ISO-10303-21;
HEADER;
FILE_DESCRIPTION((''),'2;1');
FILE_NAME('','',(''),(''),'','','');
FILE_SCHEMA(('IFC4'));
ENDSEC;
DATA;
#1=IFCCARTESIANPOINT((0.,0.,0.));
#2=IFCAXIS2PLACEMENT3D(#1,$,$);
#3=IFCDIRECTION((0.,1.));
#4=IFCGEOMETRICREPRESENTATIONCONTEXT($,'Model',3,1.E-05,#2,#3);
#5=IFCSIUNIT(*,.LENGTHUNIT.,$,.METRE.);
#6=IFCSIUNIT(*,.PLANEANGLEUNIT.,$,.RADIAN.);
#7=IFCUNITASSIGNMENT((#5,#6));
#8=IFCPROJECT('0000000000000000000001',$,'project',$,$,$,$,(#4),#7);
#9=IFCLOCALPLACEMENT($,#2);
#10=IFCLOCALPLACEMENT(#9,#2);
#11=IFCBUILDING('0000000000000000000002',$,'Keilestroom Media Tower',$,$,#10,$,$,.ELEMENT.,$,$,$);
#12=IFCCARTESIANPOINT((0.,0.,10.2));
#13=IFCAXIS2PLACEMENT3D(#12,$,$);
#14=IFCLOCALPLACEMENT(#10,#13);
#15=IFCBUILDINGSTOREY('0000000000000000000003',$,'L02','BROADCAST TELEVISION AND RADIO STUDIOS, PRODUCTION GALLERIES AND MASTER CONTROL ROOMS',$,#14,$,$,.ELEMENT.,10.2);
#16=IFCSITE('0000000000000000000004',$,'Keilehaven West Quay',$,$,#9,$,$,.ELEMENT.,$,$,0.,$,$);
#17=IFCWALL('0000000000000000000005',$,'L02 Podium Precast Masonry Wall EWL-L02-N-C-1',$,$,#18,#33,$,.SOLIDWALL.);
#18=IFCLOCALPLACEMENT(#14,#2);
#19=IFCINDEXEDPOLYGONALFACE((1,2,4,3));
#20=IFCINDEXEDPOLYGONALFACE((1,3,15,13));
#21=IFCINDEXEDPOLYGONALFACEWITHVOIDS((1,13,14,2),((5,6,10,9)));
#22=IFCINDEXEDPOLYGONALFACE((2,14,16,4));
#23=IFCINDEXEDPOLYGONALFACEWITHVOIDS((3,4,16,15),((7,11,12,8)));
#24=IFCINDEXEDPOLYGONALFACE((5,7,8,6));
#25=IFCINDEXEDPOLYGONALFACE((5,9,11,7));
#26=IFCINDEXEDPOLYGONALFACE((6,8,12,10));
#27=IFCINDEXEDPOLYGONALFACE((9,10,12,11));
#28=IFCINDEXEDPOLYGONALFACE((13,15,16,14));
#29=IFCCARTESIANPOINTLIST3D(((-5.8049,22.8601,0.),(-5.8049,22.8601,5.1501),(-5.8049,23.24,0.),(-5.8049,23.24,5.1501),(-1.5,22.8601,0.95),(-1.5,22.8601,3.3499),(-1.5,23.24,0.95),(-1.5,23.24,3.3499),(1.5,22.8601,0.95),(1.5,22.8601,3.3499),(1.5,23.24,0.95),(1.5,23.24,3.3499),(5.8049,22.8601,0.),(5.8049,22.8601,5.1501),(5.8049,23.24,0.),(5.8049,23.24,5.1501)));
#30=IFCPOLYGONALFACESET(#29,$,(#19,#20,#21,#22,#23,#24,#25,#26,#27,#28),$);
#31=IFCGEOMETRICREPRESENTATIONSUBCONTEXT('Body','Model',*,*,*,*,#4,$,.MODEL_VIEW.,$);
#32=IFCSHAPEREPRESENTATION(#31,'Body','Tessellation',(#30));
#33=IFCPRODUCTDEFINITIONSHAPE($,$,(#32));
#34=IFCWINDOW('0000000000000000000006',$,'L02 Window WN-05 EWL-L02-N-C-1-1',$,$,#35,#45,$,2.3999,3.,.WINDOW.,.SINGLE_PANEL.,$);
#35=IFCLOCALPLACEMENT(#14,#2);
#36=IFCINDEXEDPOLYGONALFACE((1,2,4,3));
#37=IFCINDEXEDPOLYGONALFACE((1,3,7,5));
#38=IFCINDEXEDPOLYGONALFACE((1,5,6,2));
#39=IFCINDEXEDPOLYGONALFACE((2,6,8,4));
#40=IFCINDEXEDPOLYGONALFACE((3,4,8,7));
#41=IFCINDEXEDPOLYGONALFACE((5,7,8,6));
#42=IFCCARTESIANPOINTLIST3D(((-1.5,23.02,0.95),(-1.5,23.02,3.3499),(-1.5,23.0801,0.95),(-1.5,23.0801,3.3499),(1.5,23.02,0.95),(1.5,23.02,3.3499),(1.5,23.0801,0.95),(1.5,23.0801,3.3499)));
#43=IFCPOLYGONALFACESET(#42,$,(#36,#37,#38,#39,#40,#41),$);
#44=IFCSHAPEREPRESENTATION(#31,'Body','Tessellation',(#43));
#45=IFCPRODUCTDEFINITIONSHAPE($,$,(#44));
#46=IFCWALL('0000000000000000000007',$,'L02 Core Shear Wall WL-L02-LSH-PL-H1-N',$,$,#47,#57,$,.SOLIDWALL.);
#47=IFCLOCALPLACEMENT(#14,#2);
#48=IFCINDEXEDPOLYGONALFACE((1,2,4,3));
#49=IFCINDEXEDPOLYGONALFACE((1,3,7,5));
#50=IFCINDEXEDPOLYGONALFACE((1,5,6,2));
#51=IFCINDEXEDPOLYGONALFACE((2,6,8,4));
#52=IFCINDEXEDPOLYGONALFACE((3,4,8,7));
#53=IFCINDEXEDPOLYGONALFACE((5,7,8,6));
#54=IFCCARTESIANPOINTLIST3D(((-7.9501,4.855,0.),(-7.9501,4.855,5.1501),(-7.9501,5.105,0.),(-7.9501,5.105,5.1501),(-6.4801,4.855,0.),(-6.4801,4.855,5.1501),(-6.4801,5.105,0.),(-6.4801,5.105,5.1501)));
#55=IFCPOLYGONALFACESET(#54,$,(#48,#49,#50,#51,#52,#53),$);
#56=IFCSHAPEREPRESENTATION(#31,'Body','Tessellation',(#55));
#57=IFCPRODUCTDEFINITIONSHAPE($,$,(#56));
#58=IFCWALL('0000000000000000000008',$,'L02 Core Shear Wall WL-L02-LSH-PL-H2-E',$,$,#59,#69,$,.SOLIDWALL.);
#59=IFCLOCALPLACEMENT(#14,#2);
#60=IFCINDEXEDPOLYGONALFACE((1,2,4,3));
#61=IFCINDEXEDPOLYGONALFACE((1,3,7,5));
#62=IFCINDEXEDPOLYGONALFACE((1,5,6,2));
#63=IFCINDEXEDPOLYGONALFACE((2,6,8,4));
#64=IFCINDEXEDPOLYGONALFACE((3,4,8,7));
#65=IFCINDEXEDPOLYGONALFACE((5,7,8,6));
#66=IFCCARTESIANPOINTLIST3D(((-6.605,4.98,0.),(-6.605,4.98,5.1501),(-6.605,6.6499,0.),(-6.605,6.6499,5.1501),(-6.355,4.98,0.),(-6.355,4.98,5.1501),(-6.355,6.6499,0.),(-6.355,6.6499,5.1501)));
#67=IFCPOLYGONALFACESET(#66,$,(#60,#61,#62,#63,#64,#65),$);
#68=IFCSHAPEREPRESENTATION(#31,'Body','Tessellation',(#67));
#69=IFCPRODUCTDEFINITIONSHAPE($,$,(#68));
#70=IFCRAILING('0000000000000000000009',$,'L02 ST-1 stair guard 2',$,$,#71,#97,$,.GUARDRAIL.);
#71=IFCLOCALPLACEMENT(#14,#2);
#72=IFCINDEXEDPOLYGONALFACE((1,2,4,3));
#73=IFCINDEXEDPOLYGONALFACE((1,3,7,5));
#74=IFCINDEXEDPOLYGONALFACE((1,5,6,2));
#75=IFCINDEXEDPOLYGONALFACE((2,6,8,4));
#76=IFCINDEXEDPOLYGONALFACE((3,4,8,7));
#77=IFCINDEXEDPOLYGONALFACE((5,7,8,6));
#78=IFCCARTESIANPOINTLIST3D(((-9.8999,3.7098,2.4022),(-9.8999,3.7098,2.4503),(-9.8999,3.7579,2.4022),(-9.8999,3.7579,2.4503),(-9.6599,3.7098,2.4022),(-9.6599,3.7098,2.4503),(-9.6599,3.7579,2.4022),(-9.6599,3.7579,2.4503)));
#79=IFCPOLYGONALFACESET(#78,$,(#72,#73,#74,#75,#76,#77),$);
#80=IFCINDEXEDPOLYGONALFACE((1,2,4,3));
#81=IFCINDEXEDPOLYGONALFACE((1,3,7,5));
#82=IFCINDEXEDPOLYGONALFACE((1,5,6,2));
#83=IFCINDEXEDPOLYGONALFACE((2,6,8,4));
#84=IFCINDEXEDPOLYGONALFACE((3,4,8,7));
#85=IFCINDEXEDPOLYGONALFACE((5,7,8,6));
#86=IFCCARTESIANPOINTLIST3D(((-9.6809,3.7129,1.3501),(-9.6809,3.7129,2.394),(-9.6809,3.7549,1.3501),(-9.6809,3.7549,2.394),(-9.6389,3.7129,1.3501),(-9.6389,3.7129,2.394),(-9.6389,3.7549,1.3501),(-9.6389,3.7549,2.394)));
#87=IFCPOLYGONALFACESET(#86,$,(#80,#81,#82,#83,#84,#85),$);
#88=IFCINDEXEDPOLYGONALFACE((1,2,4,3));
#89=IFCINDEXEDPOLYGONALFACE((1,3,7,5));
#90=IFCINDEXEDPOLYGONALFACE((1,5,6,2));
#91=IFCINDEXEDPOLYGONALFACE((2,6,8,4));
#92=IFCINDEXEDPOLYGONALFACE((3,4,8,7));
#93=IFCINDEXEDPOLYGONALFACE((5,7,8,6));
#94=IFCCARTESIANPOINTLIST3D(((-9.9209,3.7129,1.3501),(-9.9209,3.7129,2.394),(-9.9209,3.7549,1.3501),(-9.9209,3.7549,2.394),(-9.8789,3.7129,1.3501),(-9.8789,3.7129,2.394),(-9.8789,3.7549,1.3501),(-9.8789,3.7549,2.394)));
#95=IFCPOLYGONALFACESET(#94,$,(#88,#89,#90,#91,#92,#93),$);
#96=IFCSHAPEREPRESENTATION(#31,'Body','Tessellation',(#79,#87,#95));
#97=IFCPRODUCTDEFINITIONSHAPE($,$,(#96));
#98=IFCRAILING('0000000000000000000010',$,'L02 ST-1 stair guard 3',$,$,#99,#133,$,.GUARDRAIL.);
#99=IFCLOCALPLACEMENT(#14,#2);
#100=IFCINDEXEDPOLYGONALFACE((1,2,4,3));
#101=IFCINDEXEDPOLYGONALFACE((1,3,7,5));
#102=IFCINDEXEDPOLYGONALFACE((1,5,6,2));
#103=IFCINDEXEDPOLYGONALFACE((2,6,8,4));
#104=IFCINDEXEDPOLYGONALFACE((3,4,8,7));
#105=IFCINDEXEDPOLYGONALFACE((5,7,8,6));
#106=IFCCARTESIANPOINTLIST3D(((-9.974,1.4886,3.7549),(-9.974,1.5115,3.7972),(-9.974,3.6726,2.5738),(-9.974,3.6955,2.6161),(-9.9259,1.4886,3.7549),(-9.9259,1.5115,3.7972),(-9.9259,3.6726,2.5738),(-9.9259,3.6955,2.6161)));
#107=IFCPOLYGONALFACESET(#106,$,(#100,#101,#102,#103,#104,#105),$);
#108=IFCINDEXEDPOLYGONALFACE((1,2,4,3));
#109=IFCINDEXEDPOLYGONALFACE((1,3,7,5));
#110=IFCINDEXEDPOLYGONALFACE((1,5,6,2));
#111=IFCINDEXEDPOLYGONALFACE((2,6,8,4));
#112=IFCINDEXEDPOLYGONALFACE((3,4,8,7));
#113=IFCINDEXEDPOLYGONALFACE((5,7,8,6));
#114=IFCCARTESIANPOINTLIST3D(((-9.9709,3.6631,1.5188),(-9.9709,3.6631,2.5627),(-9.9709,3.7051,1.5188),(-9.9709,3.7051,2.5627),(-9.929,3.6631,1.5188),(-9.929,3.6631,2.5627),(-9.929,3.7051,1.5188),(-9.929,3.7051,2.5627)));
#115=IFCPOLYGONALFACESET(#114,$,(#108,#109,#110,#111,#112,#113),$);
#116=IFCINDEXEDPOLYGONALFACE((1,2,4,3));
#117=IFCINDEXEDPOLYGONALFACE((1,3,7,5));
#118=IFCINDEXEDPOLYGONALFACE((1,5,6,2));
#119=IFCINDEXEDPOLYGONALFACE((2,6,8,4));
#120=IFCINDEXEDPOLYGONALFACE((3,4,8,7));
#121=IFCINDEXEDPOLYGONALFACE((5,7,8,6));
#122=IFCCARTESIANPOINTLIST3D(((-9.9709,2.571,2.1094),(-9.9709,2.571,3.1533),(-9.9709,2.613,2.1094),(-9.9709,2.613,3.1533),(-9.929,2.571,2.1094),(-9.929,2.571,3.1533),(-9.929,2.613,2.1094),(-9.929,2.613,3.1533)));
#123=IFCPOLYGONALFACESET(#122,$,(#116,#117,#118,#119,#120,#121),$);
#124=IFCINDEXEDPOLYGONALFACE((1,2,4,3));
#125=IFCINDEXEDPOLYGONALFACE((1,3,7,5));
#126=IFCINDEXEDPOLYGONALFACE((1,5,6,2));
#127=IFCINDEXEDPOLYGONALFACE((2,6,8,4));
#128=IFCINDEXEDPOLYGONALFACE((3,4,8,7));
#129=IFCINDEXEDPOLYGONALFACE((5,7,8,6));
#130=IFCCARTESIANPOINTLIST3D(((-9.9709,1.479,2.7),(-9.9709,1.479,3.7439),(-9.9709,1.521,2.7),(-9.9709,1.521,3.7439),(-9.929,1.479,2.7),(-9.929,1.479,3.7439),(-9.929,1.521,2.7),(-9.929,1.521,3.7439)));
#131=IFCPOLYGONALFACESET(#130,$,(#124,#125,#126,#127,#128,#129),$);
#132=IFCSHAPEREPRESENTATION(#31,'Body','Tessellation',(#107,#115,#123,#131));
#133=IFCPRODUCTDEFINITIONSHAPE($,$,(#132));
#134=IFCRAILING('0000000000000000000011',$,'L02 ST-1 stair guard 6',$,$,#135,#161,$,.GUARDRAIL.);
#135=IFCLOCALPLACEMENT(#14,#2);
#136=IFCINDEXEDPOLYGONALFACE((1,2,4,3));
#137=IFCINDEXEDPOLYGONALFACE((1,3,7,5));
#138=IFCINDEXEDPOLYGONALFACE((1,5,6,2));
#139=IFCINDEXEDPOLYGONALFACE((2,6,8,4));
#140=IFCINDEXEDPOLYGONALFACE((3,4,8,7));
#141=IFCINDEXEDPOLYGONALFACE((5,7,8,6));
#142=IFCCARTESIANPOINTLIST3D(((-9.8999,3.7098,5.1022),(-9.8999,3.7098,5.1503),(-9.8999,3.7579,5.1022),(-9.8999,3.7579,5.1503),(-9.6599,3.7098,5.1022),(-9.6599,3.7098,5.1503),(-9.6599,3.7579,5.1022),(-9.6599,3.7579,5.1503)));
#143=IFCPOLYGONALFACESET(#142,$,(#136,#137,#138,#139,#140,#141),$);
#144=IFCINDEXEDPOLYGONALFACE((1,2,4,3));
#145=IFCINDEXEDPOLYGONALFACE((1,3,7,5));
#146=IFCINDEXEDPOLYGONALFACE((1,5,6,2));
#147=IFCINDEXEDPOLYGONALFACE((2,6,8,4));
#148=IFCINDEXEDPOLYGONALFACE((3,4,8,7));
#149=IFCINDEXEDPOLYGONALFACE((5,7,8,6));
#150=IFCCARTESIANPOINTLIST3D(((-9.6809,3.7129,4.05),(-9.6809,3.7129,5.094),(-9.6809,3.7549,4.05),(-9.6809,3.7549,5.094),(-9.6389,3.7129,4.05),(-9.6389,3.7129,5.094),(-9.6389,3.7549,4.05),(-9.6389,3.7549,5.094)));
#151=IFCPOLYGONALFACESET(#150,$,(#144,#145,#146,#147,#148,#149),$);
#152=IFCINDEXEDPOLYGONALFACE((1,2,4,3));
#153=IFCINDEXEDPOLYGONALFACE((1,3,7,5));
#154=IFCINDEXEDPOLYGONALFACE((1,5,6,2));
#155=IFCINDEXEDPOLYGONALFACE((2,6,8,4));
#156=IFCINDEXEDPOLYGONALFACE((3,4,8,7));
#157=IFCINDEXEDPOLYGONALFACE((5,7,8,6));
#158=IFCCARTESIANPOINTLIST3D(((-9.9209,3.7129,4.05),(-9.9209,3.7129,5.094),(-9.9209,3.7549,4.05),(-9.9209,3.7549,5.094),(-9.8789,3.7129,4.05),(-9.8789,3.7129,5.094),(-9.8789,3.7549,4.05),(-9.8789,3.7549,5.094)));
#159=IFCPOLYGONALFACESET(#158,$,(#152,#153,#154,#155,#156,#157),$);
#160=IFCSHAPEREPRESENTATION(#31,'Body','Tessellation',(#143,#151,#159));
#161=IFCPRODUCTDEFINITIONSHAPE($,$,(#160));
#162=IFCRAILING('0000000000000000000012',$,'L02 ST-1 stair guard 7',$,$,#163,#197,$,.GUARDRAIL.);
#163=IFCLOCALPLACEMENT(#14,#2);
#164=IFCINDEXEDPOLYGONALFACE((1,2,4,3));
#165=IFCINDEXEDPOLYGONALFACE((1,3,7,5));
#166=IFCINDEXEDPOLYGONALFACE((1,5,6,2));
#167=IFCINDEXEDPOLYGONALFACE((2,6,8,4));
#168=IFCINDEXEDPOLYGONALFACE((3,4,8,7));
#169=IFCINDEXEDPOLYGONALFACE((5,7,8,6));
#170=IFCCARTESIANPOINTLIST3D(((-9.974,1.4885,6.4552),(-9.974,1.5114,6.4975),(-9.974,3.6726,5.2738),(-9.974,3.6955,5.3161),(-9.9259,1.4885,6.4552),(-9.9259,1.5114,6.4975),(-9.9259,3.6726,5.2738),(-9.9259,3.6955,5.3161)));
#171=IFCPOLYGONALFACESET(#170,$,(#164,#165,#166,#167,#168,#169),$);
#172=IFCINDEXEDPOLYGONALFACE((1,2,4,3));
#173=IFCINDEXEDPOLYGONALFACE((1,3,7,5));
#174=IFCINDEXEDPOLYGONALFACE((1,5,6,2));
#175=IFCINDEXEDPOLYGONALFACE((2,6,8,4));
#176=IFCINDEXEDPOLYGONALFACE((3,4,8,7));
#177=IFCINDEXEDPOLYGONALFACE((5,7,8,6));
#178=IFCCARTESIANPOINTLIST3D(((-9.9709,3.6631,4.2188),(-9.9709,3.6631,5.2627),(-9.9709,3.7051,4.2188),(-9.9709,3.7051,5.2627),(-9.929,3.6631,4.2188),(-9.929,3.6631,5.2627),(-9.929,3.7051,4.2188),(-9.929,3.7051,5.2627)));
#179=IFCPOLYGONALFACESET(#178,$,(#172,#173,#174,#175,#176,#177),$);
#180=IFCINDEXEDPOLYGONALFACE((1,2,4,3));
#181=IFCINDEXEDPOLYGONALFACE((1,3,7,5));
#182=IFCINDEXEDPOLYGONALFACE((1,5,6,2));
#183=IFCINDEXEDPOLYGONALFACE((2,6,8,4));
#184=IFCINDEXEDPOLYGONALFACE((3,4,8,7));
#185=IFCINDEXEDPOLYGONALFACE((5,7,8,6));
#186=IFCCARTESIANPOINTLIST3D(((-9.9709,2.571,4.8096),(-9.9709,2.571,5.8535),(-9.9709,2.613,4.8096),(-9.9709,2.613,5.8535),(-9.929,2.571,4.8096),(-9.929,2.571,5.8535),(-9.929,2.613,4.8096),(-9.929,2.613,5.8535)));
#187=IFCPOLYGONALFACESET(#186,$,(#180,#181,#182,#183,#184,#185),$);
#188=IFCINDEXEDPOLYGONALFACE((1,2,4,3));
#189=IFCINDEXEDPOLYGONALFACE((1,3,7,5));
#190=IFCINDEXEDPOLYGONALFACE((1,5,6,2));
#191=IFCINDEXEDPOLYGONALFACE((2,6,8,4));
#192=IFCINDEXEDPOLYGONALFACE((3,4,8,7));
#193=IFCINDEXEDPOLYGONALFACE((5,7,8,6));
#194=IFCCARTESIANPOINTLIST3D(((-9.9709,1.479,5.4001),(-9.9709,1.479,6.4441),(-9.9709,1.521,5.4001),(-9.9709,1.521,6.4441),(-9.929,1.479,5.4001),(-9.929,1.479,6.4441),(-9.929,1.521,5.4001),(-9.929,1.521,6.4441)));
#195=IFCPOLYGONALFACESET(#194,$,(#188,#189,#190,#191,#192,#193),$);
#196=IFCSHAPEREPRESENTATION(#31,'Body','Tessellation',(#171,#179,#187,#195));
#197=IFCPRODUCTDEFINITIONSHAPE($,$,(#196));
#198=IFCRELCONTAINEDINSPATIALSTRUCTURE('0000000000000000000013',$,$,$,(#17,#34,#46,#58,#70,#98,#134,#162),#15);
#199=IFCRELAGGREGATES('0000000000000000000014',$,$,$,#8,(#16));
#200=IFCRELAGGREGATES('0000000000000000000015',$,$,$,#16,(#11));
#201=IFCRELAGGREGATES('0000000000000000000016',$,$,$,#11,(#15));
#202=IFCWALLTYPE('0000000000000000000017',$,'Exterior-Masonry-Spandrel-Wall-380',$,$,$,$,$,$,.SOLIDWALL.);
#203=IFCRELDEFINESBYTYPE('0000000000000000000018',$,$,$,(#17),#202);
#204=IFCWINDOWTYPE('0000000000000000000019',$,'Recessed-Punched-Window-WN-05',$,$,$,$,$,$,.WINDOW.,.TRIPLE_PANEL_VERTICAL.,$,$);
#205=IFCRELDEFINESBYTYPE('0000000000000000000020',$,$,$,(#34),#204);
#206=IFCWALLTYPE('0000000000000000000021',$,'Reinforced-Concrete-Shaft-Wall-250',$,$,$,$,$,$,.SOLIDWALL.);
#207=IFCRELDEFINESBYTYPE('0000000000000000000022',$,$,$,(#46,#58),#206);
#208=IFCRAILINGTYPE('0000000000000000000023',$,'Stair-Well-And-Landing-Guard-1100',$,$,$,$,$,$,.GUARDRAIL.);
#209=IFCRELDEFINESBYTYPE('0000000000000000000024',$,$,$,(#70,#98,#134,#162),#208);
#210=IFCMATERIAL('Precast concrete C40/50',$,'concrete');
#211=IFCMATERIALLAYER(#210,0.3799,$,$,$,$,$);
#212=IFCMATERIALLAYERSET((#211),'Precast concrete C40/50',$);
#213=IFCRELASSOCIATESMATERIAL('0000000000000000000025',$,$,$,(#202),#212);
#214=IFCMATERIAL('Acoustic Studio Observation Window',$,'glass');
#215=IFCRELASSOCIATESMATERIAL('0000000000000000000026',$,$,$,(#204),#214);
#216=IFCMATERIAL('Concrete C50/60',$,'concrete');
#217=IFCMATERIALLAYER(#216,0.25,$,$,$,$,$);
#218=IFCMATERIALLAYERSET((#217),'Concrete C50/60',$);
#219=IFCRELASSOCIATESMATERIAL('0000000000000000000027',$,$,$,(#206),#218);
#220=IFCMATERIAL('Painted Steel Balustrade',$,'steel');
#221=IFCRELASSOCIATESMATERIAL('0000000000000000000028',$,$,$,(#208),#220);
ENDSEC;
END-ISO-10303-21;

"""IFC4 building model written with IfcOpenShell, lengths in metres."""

from ifc_helpers import new_model, si_unit, direction, frame, frame_2d, origin, origin_2d, place, context, subcontext, project, spatial, rectangle, extrude, source, transform, mapped, material, layer, layer_set, type_object, element, fill, save


model = new_model("IFC4")

# Units and contexts
model_context = context("Model", 3, precision=1e-05, world=origin(), true_north=direction((0.0, 1.0)))
body_context = subcontext(model_context, "Body", "Model", "MODEL_VIEW")
ifc_project = project(units=[si_unit("LENGTHUNIT", "METRE"), si_unit("PLANEANGLEUNIT", "RADIAN")], contexts=[model_context])

# Site, building, storey
site_placement = place(None, origin())
site = spatial("IfcSite", under=ifc_project, at=site_placement, Name="Keilehaven West Quay", CompositionType="ELEMENT", RefElevation=0.0)
building_placement = place(site_placement, origin())
building = spatial("IfcBuilding", under=site, at=building_placement, Name="Keilestroom Media Tower", CompositionType="ELEMENT")
storey_placement = place(building_placement, frame((0.0, 0.0, 10.2)))
storey = spatial("IfcBuildingStorey", under=building, at=storey_placement, Name="L02", Description="BROADCAST TELEVISION AND RADIO STUDIOS, PRODUCTION GALLERIES AND MASTER CONTROL ROOMS", CompositionType="ELEMENT", Elevation=10.2)

# Wall, opening, window
ifc_material_1 = material(Name="Precast concrete C40/50", Category="concrete")
ifc_layer_1 = layer(ifc_material_1, 0.3799)
ifc_layer_set_1 = layer_set([ifc_layer_1], Name="Precast concrete C40/50")
wall_type_1 = type_object("IfcWallType", Name="Exterior-Masonry-Spandrel-Wall-380", PredefinedType="SOLIDWALL", material=ifc_layer_set_1)
wall_1_placement = place(storey_placement, frame((-5.8049, 23.05, 0.0), z_axis=(0.0, 0.0, 1.0), x_axis=(1.0, 0.0, 0.0)))
wall_1 = element("IfcWall", 1, at=wall_1_placement, inside=storey, type_object=wall_type_1, Name="L02 Podium Precast Masonry Wall EWL-L02-N-C-1", PredefinedType="SOLIDWALL", context=body_context, shape_type="SweptSolid", body=[
    extrude(rectangle(XDim=11.6099, YDim=0.3799, at=frame_2d((5.8049, 0.0))), origin(), (0.0, 0.0, 1.0), 5.1501),
])
opening_placement = place(wall_1_placement, frame((4.3049, 0.0, 0.95)))
opening = element("IfcOpeningElement", 2, at=opening_placement, cuts=wall_1, PredefinedType="OPENING", context=body_context, shape_type="SweptSolid", body=[
    extrude(rectangle(XDim=3.0, YDim=2.3999, at=frame_2d((1.5, 1.2))), frame((0.0, 0.2, 0.0), z_axis=(0.0, -1.0, 0.0), x_axis=(1.0, 0.0, 0.0)), (0.0, 0.0, 1.0), 0.3999),
])
ifc_material_2 = material(Name="Acoustic Studio Observation Window", Category="glass")
window_type = type_object("IfcWindowType", Name="Recessed-Punched-Window-WN-05", PartitioningType="TRIPLE_PANEL_VERTICAL", PredefinedType="WINDOW", material=ifc_material_2)
shared_shape_1 = source(origin(), body_context, "Body", "SweptSolid", [
    extrude(rectangle(XDim=3.0, YDim=2.3999, at=frame_2d((1.5, 1.2))), frame((0.0, 0.03, 0.0), z_axis=(0.0, -1.0, 0.0), x_axis=(1.0, 0.0, 0.0)), (0.0, 0.0, 1.0), 0.0601),
])
window_placement = place(opening_placement, origin())
window = element("IfcWindow", 3, at=window_placement, inside=storey, type_object=window_type, Name="L02 Window WN-05 EWL-L02-N-C-1-1", OverallHeight=2.3999, OverallWidth=3.0, PartitioningType="SINGLE_PANEL", PredefinedType="WINDOW", context=body_context, shape_type="MappedRepresentation", body=[
    mapped(shared_shape_1, transform((0.0, 0.0, 0.0), x_axis=(1.0, 0.0, 0.0), y_axis=(0.0, 1.0, 0.0), z_axis=(0.0, 0.0, 1.0), scale=1.0)),
])
fill(opening, window)

# Walls
ifc_material_3 = material(Name="Concrete C50/60", Category="concrete")
ifc_layer_2 = layer(ifc_material_3, 0.25)
ifc_layer_set_2 = layer_set([ifc_layer_2], Name="Concrete C50/60")
wall_type_2 = type_object("IfcWallType", Name="Reinforced-Concrete-Shaft-Wall-250", PredefinedType="SOLIDWALL", material=ifc_layer_set_2)
wall_2_placement = place(storey_placement, frame((-7.95, 4.98, 0.0), z_axis=(0.0, 0.0, 1.0), x_axis=(1.0, 0.0, 0.0)))
element("IfcWall", 4, at=wall_2_placement, inside=storey, type_object=wall_type_2, Name="L02 Core Shear Wall WL-L02-LSH-PL-H1-N", PredefinedType="SOLIDWALL", context=body_context, shape_type="SweptSolid", body=[
    extrude(rectangle(XDim=1.47, YDim=0.25, at=frame_2d((0.7349, 0.0))), origin(), (0.0, 0.0, 1.0), 5.1501),
])
wall_3_placement = place(storey_placement, frame((-6.48, 4.98, 0.0), z_axis=(0.0, 0.0, 1.0), x_axis=(0.0, 1.0, 0.0)))
element("IfcWall", 5, at=wall_3_placement, inside=storey, type_object=wall_type_2, Name="L02 Core Shear Wall WL-L02-LSH-PL-H2-E", PredefinedType="SOLIDWALL", context=body_context, shape_type="SweptSolid", body=[
    extrude(rectangle(XDim=1.6699, YDim=0.25, at=frame_2d((0.835, 0.0))), origin(), (0.0, 0.0, 1.0), 5.1501),
])

# Railings
ifc_material_4 = material(Name="Painted Steel Balustrade", Category="steel")
railing_type = type_object("IfcRailingType", Name="Stair-Well-And-Landing-Guard-1100", PredefinedType="GUARDRAIL", material=ifc_material_4)
railing_1_placement = place(storey_placement, frame((-9.6599, 3.7339, 1.3501)))
element("IfcRailing", 6, at=railing_1_placement, inside=storey, type_object=railing_type, Name="L02 ST-1 stair guard 2", PredefinedType="GUARDRAIL", context=body_context, shape_type="SweptSolid", body=[
    extrude(rectangle(XDim=0.0481, YDim=0.0481, at=origin_2d()), frame((0.0, 0.0, 1.0762), z_axis=(-1.0, 0.0, 0.0), x_axis=(0.0, -1.0, 0.0)), (0.0, 0.0, 1.0), 0.24),
    extrude(rectangle(XDim=0.042, YDim=0.042, at=origin_2d()), origin(), (0.0, 0.0, 1.0), 1.0439),
    extrude(rectangle(XDim=0.042, YDim=0.042, at=origin_2d()), frame((-0.24, 0.0, 0.0)), (0.0, 0.0, 1.0), 1.0439),
])
railing_2_placement = place(storey_placement, frame((-9.95, 3.6841, 1.5188)))
element("IfcRailing", 7, at=railing_2_placement, inside=storey, type_object=railing_type, Name="L02 ST-1 stair guard 3", PredefinedType="GUARDRAIL", context=body_context, shape_type="SweptSolid", body=[
    extrude(rectangle(XDim=0.0481, YDim=0.0481, at=origin_2d()), frame((0.0, 0.0, 1.0762), z_axis=(0.0, -0.879611, 0.475694), x_axis=(1.0, 0.0, 0.0)), (0.0, 0.0, 1.0), 2.4829),
    extrude(rectangle(XDim=0.042, YDim=0.042, at=origin_2d()), origin(), (0.0, 0.0, 1.0), 1.0439),
    extrude(rectangle(XDim=0.042, YDim=0.042, at=origin_2d()), frame((0.0, -1.092, 0.5906)), (0.0, 0.0, 1.0), 1.0439),
    extrude(rectangle(XDim=0.042, YDim=0.042, at=origin_2d()), frame((0.0, -2.1841, 1.1812)), (0.0, 0.0, 1.0), 1.0439),
])
railing_3_placement = place(storey_placement, frame((-9.6599, 3.7339, 4.05)))
element("IfcRailing", 8, at=railing_3_placement, inside=storey, type_object=railing_type, Name="L02 ST-1 stair guard 6", PredefinedType="GUARDRAIL", context=body_context, shape_type="SweptSolid", body=[
    extrude(rectangle(XDim=0.0481, YDim=0.0481, at=origin_2d()), frame((0.0, 0.0, 1.0762), z_axis=(-1.0, 0.0, 0.0), x_axis=(0.0, -1.0, 0.0)), (0.0, 0.0, 1.0), 0.24),
    extrude(rectangle(XDim=0.042, YDim=0.042, at=origin_2d()), origin(), (0.0, 0.0, 1.0), 1.0439),
    extrude(rectangle(XDim=0.042, YDim=0.042, at=origin_2d()), frame((-0.24, 0.0, 0.0)), (0.0, 0.0, 1.0), 1.0439),
])
railing_4_placement = place(storey_placement, frame((-9.95, 3.6841, 4.2188)))
element("IfcRailing", 9, at=railing_4_placement, inside=storey, type_object=railing_type, Name="L02 ST-1 stair guard 7", PredefinedType="GUARDRAIL", context=body_context, shape_type="SweptSolid", body=[
    extrude(rectangle(XDim=0.0481, YDim=0.0481, at=origin_2d()), frame((0.0, 0.0, 1.0762), z_axis=(0.0, -0.87957, 0.47577), x_axis=(1.0, 0.0, 0.0)), (0.0, 0.0, 1.0), 2.4832),
    extrude(rectangle(XDim=0.042, YDim=0.042, at=origin_2d()), origin(), (0.0, 0.0, 1.0), 1.0439),
    extrude(rectangle(XDim=0.042, YDim=0.042, at=origin_2d()), frame((0.0, -1.092, 0.5908)), (0.0, 0.0, 1.0), 1.0439),
    extrude(rectangle(XDim=0.042, YDim=0.042, at=origin_2d()), frame((0.0, -2.1841, 1.1814)), (0.0, 0.0, 1.0), 1.0439),
])

save(model, "model.ifc")
